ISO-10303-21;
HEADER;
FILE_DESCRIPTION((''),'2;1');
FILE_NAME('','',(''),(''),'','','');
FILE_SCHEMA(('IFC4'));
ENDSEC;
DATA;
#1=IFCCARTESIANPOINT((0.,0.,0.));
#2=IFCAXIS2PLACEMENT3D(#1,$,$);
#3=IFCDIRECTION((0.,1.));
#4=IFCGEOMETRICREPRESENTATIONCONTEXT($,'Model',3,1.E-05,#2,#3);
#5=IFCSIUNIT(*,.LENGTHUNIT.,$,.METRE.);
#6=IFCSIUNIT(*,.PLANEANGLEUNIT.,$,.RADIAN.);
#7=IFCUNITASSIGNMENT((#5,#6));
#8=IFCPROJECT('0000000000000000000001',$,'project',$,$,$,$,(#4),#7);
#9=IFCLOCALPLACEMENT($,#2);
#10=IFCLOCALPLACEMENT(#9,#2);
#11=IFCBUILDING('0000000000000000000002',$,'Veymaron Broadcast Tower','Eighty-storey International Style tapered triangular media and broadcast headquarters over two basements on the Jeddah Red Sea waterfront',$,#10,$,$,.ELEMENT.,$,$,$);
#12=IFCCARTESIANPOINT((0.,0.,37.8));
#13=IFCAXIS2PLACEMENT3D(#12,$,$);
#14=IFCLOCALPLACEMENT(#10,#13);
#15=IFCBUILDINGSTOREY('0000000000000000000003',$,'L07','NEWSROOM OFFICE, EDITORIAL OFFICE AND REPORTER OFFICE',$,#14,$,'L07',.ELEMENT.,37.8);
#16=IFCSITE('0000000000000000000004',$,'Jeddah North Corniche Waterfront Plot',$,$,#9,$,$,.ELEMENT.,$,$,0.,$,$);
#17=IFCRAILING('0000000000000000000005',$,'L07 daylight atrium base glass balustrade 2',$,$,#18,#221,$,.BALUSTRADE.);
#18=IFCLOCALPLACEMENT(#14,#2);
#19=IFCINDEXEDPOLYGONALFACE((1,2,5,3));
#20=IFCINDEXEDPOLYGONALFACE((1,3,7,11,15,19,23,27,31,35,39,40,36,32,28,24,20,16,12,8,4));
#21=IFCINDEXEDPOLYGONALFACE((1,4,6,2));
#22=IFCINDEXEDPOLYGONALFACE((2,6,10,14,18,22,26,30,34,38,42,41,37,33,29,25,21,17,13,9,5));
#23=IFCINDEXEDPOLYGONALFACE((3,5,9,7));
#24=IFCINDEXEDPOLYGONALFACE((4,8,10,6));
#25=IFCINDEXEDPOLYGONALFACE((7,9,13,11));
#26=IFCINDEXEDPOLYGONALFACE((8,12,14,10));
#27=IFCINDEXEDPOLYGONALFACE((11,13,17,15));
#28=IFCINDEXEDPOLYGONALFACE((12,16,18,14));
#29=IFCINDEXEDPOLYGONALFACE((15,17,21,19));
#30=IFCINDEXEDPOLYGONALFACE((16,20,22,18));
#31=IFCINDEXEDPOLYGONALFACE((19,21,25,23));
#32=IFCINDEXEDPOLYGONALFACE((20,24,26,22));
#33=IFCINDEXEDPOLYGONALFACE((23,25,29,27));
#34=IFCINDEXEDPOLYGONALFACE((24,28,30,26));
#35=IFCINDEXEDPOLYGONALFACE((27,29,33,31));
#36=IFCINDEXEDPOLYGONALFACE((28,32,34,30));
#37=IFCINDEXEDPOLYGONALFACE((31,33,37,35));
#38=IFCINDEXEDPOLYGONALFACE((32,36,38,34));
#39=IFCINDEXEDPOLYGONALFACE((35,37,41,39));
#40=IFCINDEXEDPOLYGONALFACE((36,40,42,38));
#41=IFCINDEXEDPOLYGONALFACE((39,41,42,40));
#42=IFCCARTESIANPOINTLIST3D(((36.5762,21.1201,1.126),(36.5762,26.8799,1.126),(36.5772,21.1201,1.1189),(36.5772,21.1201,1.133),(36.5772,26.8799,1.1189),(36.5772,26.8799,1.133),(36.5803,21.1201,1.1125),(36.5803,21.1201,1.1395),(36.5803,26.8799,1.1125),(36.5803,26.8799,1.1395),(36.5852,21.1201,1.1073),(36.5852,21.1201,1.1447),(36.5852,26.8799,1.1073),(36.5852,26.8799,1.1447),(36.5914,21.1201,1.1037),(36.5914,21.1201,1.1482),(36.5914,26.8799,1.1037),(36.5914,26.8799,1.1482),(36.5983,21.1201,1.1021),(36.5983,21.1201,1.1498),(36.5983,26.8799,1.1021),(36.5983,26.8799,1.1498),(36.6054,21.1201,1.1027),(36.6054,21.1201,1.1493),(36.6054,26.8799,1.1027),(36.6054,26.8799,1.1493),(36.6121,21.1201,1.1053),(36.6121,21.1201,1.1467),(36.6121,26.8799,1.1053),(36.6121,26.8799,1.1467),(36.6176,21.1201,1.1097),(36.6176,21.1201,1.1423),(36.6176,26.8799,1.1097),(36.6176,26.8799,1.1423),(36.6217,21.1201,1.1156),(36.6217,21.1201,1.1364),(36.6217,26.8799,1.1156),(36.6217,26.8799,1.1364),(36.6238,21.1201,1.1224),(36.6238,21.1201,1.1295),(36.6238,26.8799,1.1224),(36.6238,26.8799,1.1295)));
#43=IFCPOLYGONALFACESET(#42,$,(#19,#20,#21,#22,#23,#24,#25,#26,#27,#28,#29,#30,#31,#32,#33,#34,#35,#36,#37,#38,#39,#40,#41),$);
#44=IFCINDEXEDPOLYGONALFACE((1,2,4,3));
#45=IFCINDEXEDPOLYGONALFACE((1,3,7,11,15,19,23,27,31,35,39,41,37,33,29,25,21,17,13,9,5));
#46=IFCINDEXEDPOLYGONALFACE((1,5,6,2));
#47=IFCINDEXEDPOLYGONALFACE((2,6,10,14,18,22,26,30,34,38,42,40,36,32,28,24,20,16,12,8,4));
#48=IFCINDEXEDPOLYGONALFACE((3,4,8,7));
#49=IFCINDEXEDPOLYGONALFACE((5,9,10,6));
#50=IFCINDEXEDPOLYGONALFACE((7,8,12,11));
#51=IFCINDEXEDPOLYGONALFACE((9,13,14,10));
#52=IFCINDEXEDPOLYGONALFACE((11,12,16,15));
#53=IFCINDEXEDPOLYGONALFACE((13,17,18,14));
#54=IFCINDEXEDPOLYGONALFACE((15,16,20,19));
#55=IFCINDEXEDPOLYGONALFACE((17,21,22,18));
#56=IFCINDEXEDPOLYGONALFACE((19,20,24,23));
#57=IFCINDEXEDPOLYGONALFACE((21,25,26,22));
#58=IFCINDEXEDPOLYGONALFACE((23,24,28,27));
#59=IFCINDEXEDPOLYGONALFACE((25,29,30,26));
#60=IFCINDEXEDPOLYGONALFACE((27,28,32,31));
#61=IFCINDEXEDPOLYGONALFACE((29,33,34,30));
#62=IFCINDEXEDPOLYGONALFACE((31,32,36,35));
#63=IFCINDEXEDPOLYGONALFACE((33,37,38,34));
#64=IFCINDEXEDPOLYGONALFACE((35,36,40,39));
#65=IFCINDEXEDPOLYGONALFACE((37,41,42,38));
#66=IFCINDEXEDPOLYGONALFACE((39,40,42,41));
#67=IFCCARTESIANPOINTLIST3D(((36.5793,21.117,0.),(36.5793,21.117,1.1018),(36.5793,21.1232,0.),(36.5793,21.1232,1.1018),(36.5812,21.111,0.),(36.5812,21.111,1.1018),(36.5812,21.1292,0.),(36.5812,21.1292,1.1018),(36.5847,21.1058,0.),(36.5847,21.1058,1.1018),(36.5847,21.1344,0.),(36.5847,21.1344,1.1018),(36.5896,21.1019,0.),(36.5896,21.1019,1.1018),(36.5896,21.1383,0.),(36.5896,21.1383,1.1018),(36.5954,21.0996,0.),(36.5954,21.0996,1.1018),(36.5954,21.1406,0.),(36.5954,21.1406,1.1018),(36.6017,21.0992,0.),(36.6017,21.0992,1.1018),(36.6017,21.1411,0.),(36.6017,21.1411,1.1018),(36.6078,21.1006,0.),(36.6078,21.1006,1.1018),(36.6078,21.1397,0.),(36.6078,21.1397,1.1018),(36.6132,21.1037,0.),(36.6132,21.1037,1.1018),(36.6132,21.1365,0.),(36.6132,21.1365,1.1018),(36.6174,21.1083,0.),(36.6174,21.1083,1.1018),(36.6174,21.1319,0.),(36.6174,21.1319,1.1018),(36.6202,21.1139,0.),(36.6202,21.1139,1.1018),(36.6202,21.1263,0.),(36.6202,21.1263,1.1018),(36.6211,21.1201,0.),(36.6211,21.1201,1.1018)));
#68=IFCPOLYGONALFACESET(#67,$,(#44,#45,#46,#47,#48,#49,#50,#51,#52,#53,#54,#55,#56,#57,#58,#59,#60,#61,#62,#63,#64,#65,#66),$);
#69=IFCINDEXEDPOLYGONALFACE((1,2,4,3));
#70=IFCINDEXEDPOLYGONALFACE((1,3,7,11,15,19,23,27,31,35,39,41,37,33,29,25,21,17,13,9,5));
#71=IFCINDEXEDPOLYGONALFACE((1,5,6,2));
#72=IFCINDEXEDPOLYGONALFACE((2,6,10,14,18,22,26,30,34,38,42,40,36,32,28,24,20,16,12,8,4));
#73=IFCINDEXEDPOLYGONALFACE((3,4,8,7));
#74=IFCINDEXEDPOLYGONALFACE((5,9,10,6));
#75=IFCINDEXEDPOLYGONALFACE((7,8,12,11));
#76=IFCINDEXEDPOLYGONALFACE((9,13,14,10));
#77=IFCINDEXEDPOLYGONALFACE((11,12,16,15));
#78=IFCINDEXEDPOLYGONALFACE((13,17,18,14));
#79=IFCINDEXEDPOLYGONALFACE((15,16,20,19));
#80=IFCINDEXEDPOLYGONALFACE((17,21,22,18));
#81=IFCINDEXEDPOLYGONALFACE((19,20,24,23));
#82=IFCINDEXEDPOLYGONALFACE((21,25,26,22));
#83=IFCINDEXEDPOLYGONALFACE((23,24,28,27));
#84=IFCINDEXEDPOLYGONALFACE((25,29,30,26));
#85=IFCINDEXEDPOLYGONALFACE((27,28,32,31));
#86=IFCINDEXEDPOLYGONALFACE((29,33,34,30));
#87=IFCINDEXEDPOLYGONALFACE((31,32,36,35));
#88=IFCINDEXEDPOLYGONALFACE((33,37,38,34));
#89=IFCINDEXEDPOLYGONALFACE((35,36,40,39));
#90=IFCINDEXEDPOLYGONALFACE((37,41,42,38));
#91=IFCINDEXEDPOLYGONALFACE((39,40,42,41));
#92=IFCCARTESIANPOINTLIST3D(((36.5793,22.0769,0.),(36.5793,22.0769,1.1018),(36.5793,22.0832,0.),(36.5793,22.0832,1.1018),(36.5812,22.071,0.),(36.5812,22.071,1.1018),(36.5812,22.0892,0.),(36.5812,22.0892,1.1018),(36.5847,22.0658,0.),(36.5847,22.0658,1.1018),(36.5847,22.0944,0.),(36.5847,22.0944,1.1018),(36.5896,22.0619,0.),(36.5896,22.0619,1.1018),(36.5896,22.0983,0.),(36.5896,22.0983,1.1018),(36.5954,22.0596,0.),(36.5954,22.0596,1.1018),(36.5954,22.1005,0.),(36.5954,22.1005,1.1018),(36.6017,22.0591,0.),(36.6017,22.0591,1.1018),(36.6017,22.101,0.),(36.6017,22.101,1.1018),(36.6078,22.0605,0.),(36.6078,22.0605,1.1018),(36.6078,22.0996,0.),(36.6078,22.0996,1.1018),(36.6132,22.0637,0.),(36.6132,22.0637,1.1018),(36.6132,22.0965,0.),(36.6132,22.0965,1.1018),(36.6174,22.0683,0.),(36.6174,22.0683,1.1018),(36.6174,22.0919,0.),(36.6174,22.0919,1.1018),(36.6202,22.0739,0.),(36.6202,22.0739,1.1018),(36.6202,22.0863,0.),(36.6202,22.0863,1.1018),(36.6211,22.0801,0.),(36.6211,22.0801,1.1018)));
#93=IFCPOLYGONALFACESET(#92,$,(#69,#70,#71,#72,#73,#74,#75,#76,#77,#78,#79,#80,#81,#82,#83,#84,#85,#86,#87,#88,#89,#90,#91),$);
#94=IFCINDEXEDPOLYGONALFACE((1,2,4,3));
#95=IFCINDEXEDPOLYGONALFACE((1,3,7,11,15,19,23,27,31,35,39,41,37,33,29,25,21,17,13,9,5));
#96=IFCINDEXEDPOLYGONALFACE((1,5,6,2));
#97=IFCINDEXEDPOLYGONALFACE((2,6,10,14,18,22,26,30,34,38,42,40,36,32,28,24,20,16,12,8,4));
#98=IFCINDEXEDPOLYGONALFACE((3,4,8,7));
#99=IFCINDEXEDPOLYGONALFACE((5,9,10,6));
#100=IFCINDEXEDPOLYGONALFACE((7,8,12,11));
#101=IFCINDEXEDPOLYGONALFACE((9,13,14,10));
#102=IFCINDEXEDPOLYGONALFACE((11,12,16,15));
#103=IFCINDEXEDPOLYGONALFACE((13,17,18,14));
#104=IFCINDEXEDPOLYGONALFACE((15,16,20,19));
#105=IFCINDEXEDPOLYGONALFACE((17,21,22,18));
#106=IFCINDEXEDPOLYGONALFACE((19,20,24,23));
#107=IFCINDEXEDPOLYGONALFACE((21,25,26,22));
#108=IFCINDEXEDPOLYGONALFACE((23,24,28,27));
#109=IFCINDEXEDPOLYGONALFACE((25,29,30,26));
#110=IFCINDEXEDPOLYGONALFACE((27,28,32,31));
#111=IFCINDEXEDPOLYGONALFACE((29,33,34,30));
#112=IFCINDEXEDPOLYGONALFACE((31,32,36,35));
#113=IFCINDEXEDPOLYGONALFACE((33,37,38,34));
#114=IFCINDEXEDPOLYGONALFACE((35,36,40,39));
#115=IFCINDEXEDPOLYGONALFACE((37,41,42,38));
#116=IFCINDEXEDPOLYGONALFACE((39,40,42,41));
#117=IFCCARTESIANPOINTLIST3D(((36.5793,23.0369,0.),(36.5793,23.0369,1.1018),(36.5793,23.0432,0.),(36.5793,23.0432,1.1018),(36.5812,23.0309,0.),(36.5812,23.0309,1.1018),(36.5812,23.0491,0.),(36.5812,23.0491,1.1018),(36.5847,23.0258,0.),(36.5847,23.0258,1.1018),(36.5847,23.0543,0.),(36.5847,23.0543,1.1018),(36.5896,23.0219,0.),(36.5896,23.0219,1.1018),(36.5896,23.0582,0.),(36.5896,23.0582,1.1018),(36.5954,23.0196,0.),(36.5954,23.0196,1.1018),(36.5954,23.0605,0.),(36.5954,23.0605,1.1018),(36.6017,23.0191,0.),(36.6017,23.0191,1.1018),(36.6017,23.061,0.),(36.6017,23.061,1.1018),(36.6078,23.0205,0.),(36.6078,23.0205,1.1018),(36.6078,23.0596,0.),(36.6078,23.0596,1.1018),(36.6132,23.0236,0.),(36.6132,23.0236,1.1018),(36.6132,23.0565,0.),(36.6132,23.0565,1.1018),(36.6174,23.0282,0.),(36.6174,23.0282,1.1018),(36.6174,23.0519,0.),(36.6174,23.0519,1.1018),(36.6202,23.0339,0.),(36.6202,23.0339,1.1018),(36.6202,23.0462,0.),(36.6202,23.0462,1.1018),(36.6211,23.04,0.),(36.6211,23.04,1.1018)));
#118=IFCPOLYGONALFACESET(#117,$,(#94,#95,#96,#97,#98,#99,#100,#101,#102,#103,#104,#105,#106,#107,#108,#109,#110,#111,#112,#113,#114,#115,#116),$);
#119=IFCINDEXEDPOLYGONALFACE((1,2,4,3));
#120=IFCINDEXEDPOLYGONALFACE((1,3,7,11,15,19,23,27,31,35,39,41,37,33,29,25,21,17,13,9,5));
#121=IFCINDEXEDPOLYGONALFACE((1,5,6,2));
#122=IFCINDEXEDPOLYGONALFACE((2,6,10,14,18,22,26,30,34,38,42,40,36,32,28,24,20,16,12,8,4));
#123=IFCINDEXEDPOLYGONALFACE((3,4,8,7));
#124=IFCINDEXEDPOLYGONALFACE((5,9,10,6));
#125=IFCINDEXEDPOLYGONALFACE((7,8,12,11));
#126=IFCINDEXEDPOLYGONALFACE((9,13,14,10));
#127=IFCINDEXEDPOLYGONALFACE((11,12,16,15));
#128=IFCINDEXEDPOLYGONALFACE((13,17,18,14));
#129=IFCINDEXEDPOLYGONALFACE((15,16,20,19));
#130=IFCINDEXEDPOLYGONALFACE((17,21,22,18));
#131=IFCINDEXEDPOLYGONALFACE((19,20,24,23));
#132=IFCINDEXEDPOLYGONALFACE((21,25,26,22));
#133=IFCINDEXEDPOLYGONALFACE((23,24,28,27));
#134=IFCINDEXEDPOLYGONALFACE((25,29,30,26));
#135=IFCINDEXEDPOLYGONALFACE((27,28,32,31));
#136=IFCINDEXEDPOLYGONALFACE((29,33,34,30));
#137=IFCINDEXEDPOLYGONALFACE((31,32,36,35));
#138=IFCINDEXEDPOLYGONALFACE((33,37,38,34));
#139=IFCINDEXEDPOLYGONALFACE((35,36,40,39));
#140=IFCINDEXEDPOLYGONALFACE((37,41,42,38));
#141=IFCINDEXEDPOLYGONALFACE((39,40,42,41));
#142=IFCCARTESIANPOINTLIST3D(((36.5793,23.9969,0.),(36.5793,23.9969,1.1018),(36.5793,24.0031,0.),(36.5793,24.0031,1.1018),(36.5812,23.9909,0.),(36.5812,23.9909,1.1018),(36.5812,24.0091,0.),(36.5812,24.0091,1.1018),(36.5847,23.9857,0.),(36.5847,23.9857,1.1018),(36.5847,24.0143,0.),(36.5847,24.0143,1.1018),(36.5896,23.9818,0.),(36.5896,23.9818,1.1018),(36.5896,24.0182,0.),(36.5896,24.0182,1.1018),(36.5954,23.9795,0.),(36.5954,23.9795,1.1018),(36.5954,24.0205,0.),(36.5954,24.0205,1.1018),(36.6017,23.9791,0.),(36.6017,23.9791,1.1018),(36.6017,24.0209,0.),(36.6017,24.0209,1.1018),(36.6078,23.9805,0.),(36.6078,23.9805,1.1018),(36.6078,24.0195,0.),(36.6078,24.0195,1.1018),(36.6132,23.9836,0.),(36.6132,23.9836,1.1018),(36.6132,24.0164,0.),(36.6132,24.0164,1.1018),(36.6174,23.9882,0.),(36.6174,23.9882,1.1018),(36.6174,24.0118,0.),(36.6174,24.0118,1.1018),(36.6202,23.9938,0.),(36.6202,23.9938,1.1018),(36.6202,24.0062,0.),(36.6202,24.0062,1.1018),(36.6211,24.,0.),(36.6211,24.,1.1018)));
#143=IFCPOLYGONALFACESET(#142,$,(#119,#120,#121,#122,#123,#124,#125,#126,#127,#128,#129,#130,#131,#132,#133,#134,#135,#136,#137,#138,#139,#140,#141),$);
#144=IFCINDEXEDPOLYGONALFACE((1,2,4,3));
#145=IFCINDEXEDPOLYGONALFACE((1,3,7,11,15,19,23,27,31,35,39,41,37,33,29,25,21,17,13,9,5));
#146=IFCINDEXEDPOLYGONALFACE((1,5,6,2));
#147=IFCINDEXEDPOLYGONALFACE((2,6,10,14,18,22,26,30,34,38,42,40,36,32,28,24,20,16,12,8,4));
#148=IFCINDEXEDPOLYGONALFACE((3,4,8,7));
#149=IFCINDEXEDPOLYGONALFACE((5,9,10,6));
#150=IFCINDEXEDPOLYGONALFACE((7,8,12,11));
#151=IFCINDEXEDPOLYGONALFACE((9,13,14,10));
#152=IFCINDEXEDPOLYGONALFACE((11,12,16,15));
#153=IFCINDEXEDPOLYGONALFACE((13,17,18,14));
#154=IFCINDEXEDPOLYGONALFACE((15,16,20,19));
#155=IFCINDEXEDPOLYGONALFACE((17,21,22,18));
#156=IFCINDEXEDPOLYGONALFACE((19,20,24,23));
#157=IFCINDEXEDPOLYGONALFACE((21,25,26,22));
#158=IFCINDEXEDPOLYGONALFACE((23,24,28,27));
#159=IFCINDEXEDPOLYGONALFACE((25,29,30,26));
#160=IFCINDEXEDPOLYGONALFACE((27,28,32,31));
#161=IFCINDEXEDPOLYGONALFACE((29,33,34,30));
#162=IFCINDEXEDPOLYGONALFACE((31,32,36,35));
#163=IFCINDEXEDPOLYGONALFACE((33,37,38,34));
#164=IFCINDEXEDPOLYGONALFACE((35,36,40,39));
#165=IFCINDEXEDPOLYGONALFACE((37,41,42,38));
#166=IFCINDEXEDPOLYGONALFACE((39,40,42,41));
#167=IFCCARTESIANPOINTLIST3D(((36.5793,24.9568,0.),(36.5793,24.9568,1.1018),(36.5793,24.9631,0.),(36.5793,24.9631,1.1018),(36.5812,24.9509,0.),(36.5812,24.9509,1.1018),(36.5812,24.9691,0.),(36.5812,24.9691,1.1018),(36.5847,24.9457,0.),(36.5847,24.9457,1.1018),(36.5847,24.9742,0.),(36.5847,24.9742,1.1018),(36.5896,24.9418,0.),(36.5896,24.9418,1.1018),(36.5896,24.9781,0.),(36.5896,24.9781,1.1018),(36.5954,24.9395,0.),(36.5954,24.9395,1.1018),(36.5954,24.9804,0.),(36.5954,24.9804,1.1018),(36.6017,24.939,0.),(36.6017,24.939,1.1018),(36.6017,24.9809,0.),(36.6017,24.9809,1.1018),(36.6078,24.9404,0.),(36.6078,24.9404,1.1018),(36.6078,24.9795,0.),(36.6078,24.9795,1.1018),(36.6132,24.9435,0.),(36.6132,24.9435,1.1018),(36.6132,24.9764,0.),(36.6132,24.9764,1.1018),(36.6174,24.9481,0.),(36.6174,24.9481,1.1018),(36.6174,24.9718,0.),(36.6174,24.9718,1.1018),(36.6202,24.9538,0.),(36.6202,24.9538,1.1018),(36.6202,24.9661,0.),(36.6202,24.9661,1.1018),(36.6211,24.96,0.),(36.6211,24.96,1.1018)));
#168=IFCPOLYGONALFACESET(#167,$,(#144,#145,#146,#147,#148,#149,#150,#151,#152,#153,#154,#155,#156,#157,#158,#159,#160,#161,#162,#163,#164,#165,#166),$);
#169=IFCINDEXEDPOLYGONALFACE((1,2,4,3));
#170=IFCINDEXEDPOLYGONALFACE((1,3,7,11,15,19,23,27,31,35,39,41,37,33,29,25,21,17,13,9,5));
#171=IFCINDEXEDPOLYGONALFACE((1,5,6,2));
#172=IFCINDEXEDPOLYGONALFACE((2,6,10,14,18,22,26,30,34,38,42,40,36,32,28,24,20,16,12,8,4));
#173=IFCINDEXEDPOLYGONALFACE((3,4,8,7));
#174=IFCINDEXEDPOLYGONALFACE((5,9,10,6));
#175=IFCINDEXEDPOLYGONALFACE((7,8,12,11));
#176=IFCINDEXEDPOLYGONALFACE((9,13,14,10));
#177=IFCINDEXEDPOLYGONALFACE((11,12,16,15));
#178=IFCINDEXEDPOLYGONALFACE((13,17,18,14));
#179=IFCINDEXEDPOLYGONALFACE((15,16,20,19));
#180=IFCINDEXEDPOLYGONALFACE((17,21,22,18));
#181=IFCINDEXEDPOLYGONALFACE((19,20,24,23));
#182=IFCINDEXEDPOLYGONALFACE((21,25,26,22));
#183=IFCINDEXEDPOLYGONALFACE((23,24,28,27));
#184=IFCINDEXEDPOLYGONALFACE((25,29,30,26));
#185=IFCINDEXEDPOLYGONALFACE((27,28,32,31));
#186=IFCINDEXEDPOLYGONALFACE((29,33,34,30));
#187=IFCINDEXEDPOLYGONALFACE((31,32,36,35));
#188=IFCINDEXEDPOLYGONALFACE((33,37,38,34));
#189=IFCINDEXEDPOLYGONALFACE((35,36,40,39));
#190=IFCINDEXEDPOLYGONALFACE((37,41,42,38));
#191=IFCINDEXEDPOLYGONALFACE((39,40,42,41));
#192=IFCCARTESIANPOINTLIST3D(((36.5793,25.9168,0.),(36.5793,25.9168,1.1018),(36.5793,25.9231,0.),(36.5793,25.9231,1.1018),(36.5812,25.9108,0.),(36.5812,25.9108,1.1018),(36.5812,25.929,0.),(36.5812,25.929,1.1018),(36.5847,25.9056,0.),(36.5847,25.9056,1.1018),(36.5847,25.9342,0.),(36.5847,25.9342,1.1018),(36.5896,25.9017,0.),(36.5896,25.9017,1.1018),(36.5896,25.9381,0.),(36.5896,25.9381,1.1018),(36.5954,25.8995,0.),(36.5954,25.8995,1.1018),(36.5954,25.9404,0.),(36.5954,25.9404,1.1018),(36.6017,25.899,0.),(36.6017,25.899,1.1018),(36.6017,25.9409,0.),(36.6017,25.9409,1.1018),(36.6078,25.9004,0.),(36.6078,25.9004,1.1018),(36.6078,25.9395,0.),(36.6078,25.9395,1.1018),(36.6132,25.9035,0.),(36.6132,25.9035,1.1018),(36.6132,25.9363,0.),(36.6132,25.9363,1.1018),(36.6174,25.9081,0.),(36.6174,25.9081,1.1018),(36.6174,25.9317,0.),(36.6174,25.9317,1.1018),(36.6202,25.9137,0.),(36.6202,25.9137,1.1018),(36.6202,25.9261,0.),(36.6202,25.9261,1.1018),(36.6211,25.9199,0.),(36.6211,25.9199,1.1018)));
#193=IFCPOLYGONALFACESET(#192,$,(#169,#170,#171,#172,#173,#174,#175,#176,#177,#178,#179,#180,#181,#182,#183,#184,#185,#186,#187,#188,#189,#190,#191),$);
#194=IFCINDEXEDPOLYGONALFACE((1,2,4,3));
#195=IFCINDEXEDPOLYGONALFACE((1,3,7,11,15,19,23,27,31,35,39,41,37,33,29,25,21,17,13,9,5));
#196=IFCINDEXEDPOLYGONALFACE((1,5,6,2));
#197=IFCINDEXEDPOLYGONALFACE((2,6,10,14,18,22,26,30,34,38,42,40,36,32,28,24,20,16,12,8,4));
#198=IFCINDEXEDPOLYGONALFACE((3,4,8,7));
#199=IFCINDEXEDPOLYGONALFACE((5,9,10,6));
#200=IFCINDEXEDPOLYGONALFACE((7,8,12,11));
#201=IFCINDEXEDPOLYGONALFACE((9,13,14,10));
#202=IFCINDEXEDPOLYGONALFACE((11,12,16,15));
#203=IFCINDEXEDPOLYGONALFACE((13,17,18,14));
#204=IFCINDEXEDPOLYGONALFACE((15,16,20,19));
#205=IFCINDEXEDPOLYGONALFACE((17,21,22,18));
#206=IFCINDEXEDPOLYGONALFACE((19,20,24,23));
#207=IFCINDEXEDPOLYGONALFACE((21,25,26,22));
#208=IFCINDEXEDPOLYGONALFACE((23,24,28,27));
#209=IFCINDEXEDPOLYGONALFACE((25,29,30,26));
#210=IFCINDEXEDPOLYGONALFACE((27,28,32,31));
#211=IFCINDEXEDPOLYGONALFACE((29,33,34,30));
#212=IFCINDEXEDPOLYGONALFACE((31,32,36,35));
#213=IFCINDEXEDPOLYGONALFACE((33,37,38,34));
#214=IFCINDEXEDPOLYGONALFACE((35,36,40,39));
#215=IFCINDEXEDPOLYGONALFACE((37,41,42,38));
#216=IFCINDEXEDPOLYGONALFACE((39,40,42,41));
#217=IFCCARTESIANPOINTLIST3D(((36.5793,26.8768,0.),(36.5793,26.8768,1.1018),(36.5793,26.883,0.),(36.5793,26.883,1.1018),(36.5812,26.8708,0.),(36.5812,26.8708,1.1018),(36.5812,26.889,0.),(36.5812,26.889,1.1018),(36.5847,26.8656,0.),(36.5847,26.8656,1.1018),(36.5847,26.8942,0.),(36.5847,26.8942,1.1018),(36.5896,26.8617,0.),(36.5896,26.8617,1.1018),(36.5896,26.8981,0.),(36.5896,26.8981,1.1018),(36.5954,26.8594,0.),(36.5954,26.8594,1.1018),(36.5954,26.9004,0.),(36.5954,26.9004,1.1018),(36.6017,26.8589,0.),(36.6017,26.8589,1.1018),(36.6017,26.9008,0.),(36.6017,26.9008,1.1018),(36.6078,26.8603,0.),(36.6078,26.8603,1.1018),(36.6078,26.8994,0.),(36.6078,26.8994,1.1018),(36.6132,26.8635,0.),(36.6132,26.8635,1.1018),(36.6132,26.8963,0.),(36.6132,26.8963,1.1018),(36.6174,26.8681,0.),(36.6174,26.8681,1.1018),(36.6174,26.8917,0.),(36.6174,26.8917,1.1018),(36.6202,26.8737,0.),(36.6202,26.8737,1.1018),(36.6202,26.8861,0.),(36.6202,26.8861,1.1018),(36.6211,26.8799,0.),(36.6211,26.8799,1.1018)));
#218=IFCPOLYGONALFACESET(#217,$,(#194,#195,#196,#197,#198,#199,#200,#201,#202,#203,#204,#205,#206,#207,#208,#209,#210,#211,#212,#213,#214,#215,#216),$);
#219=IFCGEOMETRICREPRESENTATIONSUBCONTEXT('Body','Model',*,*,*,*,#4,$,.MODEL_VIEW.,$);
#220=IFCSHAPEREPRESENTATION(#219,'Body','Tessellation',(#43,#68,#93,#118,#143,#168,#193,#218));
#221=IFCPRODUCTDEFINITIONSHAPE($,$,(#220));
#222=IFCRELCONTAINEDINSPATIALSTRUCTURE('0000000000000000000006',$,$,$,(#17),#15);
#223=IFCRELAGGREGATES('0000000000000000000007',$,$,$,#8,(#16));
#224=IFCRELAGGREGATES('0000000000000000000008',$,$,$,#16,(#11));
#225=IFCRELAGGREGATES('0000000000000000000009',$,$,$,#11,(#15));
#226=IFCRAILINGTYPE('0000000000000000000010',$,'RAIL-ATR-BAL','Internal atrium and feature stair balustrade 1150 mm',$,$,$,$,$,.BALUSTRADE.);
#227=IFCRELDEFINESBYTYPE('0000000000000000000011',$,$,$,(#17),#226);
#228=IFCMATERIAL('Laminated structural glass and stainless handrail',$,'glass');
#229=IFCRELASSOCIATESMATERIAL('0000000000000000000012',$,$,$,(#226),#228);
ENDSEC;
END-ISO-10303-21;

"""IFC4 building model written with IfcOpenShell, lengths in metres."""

from ifc_helpers import new_model, si_unit, direction, frame, origin, origin_2d, place, context, subcontext, project, spatial, circle, extrude, material, type_object, element, save


model = new_model("IFC4")

# Units and contexts
model_context = context("Model", 3, precision=1e-05, world=origin(), true_north=direction((0.0, 1.0)))
body_context = subcontext(model_context, "Body", "Model", "MODEL_VIEW")
ifc_project = project(units=[si_unit("LENGTHUNIT", "METRE"), si_unit("PLANEANGLEUNIT", "RADIAN")], contexts=[model_context])

# Site, building, storey
site_placement = place(None, origin())
site = spatial("IfcSite", under=ifc_project, at=site_placement, Name="Jeddah North Corniche Waterfront Plot", CompositionType="ELEMENT", RefElevation=0.0)
building_placement = place(site_placement, origin())
building = spatial("IfcBuilding", under=site, at=building_placement, Name="Veymaron Broadcast Tower", Description="Eighty-storey International Style tapered triangular media and broadcast headquarters over two basements on the Jeddah Red Sea waterfront", CompositionType="ELEMENT")
storey_placement = place(building_placement, frame((0.0, 0.0, 37.8)))
storey = spatial("IfcBuildingStorey", under=building, at=storey_placement, Name="L07", Description="NEWSROOM OFFICE, EDITORIAL OFFICE AND REPORTER OFFICE", LongName="L07", CompositionType="ELEMENT", Elevation=37.8)

# Railing
ifc_material_1 = material(Name="Laminated structural glass and stainless handrail", Category="glass")
railing_type_1 = type_object("IfcRailingType", Name="RAIL-ATR-BAL", Description="Internal atrium and feature stair balustrade 1150 mm", PredefinedType="BALUSTRADE", material=ifc_material_1)
railing_1_placement = place(storey_placement, frame((36.6001, 21.1201, 0.0)))
element("IfcRailing", 1, at=railing_1_placement, inside=storey, type_object=railing_type_1, Name="L07 daylight atrium base glass balustrade 2", PredefinedType="BALUSTRADE", context=body_context, shape_type="SweptSolid", body=[
    extrude(circle(Radius=0.0239, at=origin_2d()), frame((0.0, 0.0, 1.126), z_axis=(0.0, 1.0, 0.0), x_axis=(-1.0, 0.0, 0.0)), (0.0, 0.0, 1.0), 5.7598),
    extrude(circle(Radius=0.021, at=origin_2d()), origin(), (0.0, 0.0, 1.0), 1.1018),
    extrude(circle(Radius=0.021, at=origin_2d()), frame((0.0, 0.96, 0.0)), (0.0, 0.0, 1.0), 1.1018),
    extrude(circle(Radius=0.021, at=origin_2d()), frame((0.0, 1.9199, 0.0)), (0.0, 0.0, 1.0), 1.1018),
    extrude(circle(Radius=0.021, at=origin_2d()), frame((0.0, 2.8799, 0.0)), (0.0, 0.0, 1.0), 1.1018),
    extrude(circle(Radius=0.021, at=origin_2d()), frame((0.0, 3.8398, 0.0)), (0.0, 0.0, 1.0), 1.1018),
    extrude(circle(Radius=0.021, at=origin_2d()), frame((0.0, 4.7998, 0.0)), (0.0, 0.0, 1.0), 1.1018),
    extrude(circle(Radius=0.021, at=origin_2d()), frame((0.0, 5.7598, 0.0)), (0.0, 0.0, 1.0), 1.1018),
])

save(model, "model.ifc")
